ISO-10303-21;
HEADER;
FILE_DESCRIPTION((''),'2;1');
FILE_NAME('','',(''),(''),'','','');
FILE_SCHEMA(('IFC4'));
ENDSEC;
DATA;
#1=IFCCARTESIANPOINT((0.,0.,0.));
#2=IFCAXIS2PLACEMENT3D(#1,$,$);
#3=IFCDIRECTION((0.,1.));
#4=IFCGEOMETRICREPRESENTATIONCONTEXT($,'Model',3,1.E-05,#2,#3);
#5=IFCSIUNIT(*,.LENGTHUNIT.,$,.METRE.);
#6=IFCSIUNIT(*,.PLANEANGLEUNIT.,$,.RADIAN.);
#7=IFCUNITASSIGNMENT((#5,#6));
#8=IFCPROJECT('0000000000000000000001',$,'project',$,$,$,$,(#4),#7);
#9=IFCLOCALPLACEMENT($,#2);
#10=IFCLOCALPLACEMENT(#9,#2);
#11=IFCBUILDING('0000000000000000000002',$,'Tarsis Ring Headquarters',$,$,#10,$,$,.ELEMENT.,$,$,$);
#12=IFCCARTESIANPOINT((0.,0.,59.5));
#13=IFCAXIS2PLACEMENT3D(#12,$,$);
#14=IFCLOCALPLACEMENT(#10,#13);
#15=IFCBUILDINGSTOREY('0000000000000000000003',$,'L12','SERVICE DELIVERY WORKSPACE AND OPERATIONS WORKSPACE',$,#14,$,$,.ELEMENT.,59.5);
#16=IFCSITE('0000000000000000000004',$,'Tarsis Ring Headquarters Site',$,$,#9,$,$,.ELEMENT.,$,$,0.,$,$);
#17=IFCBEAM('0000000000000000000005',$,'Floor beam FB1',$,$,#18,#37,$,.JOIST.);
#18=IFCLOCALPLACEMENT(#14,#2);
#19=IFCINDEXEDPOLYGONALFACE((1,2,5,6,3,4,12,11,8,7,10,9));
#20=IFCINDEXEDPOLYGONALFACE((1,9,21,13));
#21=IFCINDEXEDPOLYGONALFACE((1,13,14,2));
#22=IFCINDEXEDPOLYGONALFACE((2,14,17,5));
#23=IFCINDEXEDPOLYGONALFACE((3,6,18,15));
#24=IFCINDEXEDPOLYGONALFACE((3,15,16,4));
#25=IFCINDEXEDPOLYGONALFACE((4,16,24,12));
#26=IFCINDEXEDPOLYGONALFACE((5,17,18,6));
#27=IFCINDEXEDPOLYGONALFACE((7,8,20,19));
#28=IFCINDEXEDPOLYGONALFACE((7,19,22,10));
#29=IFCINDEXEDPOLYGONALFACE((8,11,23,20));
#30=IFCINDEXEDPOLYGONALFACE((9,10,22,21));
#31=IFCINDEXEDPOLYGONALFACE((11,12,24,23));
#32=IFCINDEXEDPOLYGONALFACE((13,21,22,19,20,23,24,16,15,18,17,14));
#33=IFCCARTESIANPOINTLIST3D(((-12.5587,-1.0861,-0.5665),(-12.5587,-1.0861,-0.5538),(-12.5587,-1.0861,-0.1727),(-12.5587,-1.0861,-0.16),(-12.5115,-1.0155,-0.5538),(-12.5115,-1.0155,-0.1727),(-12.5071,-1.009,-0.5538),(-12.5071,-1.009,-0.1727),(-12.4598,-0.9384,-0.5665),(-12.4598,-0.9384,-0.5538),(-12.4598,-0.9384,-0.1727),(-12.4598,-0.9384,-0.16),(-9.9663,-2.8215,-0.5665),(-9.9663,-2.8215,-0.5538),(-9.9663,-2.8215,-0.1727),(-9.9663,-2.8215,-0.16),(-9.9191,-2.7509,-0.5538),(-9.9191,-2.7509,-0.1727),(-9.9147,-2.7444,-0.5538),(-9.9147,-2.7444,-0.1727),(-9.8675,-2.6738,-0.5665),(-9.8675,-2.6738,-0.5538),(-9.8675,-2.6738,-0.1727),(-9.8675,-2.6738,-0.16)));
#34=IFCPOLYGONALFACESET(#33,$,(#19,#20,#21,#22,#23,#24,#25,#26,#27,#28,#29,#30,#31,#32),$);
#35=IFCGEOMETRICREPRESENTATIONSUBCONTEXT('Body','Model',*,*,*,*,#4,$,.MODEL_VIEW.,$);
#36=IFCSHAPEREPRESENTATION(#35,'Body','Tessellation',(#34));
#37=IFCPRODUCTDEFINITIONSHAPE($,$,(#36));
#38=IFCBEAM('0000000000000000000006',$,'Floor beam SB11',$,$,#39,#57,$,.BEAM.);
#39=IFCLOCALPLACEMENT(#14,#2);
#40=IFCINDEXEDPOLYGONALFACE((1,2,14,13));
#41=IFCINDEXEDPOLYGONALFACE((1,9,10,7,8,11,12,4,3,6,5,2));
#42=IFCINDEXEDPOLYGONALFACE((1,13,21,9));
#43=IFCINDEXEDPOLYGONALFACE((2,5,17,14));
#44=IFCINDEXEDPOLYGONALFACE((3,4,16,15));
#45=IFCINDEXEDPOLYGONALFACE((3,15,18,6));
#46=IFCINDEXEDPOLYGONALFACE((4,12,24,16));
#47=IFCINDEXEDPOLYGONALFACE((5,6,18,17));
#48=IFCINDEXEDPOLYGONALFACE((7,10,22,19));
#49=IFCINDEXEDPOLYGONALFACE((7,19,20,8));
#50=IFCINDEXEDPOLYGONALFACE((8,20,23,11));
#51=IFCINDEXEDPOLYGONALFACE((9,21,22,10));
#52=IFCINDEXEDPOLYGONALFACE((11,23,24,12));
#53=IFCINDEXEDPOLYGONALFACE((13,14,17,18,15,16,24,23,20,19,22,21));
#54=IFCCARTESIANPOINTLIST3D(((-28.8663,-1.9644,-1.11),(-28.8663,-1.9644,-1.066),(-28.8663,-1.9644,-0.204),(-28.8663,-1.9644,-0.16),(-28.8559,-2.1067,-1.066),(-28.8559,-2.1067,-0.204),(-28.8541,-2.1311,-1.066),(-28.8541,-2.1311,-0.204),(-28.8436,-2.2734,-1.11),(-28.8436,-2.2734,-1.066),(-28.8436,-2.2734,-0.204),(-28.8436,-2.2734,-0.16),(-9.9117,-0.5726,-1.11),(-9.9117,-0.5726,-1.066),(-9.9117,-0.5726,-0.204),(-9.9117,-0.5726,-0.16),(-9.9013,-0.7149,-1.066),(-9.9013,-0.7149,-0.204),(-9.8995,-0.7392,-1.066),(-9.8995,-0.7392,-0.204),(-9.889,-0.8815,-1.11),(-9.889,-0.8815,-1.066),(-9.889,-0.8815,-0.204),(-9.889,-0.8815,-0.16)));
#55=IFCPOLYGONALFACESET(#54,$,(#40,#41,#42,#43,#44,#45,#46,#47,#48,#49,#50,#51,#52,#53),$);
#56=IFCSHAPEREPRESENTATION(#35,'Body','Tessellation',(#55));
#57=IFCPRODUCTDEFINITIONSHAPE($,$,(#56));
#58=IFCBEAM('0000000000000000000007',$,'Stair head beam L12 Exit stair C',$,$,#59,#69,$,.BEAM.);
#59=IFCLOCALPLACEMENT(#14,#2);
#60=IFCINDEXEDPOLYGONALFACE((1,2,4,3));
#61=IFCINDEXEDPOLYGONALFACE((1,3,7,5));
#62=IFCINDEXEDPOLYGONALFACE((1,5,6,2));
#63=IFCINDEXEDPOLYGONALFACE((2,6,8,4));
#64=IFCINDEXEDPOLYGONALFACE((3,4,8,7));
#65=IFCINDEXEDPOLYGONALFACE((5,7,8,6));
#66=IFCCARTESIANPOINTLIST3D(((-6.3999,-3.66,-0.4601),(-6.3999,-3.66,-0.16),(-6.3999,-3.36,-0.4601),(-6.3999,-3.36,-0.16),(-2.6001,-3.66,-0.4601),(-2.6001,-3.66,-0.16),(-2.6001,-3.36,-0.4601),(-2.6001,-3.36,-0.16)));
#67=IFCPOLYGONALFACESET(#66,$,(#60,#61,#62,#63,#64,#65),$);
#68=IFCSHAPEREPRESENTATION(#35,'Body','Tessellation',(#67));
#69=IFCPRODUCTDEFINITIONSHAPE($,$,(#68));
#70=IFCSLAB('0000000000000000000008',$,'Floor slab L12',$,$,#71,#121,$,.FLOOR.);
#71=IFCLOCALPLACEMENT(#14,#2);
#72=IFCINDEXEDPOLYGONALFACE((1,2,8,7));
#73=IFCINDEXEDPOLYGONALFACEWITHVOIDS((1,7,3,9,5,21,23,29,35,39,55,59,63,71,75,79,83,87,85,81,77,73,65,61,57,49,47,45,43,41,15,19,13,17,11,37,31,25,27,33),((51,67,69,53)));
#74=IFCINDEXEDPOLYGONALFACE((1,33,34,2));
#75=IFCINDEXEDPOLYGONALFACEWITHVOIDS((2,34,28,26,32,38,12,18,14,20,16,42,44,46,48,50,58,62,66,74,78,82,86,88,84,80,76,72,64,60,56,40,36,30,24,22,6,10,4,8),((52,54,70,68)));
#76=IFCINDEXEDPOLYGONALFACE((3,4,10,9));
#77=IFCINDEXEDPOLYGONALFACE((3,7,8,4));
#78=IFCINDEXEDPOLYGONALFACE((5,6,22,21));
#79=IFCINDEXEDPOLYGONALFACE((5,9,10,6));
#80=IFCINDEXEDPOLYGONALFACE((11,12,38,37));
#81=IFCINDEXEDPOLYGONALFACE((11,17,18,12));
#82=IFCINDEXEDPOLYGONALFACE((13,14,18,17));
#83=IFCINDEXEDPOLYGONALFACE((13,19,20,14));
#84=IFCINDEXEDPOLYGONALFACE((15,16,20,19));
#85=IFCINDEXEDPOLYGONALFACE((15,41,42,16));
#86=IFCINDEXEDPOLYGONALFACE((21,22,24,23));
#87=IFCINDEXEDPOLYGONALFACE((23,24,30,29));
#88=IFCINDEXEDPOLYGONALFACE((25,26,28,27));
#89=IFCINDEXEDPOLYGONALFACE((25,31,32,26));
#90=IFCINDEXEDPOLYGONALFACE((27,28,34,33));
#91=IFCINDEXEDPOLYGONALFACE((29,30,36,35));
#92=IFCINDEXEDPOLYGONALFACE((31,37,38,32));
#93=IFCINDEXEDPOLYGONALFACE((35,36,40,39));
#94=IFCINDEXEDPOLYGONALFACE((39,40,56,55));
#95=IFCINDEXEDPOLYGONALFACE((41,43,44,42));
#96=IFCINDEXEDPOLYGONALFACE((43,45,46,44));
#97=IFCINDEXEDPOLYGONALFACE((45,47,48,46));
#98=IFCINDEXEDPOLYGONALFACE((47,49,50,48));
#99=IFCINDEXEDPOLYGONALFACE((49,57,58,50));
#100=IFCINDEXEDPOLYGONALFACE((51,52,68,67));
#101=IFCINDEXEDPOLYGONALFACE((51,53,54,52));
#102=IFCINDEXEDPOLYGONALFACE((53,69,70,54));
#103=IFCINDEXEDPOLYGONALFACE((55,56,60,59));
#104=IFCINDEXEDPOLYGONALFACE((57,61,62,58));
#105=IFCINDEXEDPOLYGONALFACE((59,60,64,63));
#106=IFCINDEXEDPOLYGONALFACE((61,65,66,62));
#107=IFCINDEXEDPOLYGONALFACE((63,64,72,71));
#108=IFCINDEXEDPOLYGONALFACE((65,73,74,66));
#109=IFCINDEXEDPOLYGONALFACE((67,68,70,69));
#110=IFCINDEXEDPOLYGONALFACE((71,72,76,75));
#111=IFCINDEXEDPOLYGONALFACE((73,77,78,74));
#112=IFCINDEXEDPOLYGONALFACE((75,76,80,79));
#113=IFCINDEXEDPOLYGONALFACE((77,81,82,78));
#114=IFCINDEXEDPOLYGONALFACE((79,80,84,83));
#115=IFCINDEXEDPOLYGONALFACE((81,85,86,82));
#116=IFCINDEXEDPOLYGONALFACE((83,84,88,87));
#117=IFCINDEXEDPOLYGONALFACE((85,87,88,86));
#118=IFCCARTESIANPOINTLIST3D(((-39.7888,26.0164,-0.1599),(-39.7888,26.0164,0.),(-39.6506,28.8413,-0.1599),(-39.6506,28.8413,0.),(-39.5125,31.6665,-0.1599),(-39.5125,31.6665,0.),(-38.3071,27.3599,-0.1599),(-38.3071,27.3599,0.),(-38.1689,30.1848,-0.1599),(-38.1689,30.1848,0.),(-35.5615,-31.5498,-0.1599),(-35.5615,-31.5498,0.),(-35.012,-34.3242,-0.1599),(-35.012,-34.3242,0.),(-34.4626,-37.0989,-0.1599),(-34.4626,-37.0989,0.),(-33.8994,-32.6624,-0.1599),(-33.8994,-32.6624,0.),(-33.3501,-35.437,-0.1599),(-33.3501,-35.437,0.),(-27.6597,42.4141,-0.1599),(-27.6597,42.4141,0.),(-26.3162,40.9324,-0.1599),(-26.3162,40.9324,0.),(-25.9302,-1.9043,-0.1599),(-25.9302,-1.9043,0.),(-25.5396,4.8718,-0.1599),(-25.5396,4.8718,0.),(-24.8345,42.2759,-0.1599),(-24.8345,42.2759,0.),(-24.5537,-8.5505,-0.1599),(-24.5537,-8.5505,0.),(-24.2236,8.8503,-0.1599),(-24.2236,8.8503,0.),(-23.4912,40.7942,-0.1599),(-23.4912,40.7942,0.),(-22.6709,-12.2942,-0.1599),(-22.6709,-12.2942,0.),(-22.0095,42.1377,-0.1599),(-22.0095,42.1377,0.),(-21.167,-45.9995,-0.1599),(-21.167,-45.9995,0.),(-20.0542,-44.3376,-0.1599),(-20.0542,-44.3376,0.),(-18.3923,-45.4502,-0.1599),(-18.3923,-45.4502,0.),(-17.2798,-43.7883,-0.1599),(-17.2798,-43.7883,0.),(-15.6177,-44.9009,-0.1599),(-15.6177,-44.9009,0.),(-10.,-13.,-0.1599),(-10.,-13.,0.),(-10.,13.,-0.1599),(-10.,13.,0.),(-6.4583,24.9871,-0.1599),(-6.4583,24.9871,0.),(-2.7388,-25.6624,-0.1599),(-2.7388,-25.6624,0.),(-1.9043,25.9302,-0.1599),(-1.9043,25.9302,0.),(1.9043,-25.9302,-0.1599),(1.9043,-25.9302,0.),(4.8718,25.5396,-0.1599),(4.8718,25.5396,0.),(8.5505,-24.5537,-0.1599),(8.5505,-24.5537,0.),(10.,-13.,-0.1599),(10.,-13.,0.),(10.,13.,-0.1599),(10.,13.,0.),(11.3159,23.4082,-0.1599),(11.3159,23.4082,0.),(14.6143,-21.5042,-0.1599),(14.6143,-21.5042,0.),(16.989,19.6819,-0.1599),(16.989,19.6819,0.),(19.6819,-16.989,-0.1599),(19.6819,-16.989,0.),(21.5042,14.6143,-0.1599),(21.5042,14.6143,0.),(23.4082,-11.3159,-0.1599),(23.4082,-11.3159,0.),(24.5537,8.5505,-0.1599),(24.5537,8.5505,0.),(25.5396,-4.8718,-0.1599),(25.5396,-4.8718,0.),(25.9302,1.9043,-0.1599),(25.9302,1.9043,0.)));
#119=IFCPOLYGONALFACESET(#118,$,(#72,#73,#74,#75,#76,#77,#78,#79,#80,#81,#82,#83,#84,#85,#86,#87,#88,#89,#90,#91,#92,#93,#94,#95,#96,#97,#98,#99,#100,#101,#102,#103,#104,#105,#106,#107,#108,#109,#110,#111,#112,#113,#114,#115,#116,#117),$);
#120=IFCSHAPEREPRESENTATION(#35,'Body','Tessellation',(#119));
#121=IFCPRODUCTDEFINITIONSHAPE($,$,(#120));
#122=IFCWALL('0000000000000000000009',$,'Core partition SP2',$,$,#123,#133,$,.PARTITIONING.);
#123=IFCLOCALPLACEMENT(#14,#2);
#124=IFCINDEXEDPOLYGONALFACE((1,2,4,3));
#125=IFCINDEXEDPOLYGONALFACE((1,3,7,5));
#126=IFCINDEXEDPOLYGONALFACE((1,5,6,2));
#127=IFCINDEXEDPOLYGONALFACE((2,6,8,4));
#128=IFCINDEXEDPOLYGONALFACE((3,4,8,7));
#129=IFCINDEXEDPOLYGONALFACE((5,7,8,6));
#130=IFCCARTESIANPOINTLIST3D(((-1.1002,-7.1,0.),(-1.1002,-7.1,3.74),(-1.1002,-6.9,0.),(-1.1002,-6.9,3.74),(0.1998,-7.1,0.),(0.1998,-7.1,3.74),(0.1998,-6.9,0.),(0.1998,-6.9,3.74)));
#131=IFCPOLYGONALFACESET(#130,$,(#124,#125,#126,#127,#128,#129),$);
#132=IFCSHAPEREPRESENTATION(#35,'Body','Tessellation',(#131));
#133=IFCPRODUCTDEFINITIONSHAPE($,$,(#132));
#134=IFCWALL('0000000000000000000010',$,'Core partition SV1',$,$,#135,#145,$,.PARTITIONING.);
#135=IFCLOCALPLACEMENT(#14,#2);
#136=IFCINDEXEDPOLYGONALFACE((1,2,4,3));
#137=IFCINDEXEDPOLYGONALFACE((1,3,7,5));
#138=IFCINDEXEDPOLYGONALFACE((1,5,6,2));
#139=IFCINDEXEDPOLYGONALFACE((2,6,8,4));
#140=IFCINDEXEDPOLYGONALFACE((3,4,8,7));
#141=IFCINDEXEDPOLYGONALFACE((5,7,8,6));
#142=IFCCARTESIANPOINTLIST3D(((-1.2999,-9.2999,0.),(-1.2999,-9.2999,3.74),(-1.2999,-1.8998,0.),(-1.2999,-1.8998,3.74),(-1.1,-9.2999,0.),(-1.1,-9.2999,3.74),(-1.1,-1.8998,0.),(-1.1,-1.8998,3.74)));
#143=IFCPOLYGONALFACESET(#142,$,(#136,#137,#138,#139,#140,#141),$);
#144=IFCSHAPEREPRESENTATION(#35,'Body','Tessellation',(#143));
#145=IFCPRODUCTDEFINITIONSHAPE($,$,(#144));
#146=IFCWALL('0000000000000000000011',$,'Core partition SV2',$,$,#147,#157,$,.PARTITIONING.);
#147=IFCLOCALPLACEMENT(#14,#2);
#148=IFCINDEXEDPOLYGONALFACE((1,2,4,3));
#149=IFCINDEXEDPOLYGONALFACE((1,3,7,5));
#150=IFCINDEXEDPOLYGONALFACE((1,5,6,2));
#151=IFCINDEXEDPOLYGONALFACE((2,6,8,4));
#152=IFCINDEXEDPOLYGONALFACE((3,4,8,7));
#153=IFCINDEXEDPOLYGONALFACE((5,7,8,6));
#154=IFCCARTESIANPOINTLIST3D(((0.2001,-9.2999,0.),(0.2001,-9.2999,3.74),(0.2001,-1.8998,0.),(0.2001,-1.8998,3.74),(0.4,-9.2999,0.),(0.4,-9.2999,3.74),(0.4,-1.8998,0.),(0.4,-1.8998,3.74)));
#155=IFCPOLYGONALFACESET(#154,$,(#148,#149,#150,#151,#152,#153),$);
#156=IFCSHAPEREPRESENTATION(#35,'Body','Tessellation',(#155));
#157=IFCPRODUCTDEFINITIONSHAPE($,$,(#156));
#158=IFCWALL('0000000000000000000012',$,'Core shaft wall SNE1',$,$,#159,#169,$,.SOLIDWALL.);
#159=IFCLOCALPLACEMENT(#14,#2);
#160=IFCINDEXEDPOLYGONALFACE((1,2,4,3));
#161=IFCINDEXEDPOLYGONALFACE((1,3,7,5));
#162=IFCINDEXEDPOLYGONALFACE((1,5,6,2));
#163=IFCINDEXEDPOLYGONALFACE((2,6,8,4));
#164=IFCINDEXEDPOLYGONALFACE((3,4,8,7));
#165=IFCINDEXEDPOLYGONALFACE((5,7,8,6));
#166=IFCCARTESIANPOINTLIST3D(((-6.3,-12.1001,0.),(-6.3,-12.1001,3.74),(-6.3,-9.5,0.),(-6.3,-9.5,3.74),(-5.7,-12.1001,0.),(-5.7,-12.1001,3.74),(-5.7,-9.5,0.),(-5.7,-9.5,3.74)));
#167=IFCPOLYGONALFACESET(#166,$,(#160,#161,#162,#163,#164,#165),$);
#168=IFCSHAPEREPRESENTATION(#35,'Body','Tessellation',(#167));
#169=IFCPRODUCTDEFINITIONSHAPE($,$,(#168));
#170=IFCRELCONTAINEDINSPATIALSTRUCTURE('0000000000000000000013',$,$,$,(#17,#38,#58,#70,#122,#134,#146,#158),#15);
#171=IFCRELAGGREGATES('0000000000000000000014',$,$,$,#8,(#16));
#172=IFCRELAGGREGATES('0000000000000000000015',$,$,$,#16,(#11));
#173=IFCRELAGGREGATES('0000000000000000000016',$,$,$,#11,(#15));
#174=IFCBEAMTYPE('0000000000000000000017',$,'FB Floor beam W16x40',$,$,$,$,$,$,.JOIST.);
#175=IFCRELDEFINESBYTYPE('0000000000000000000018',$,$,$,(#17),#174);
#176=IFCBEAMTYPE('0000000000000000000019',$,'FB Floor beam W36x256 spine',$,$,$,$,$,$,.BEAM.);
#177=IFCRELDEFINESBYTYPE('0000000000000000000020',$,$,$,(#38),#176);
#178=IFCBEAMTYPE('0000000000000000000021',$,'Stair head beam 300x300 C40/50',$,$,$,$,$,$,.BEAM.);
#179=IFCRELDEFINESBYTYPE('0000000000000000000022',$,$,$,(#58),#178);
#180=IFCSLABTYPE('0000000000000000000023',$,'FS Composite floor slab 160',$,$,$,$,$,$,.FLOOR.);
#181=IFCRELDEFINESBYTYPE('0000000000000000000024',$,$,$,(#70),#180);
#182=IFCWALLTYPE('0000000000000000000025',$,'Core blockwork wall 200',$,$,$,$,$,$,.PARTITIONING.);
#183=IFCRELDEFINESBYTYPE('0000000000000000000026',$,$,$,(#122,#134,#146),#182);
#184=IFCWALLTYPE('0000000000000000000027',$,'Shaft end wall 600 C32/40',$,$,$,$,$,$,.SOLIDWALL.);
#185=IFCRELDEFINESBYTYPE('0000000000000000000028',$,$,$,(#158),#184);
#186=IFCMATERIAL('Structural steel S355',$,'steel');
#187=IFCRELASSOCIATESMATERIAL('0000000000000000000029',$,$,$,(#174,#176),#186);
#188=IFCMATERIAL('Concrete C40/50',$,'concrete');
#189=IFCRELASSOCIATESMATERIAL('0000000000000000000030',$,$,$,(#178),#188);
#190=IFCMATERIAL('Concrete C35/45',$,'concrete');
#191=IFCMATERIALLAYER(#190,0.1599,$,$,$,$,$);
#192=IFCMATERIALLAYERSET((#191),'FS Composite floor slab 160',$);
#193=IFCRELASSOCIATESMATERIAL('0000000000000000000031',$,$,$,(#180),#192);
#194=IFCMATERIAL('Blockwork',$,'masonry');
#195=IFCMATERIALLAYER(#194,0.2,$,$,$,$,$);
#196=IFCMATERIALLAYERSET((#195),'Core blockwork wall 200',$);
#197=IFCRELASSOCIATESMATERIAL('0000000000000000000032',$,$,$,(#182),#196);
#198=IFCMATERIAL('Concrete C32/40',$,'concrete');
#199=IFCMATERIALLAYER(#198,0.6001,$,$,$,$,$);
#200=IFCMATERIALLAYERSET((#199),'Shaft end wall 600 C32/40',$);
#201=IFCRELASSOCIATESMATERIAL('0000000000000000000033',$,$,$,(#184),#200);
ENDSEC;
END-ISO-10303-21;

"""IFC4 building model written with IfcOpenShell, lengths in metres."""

from ifc_helpers import new_model, si_unit, direction, frame, frame_2d, origin, origin_2d, place, context, subcontext, project, spatial, polyline, rectangle, i_section, outline, extrude, material, layer, layer_set, material_profile, profile_set, type_object, element, save


model = new_model("IFC4")

# Units and contexts
model_context = context("Model", 3, precision=1e-05, world=origin(), true_north=direction((0.0, 1.0)))
body_context = subcontext(model_context, "Body", "Model", "MODEL_VIEW")
ifc_project = project(units=[si_unit("LENGTHUNIT", "METRE"), si_unit("PLANEANGLEUNIT", "RADIAN")], contexts=[model_context])

# Site, building, storey
site_placement = place(None, origin())
site = spatial("IfcSite", under=ifc_project, at=site_placement, Name="Tarsis Ring Headquarters Site", CompositionType="ELEMENT", RefElevation=0.0)
building_placement = place(site_placement, origin())
building = spatial("IfcBuilding", under=site, at=building_placement, Name="Tarsis Ring Headquarters", CompositionType="ELEMENT")
storey_placement = place(building_placement, frame((0.0, 0.0, 59.5)))
storey = spatial("IfcBuildingStorey", under=building, at=storey_placement, Name="L12", Description="SERVICE DELIVERY WORKSPACE AND OPERATIONS WORKSPACE", CompositionType="ELEMENT", Elevation=59.5)

# Beams
ifc_material_1 = material(Name="Structural steel S355", Category="steel")
ifc_material_profile_1 = material_profile(ifc_material_1, i_section(OverallWidth=0.1777, OverallDepth=0.4065, WebThickness=0.0078, FlangeThickness=0.0127, at=origin_2d()), Name="W16x40")
ifc_profile_set_1 = profile_set([ifc_material_profile_1], Name="Structural steel S355")
beam_type_1 = type_object("IfcBeamType", Name="FB Floor beam W16x40", PredefinedType="JOIST", material=ifc_profile_set_1)
beam_1_placement = place(storey_placement, frame((-12.5093, -1.0122, -0.3633), z_axis=(0.830989, -0.556289, 0.0), x_axis=(0.556289, 0.830989, 0.0)))
element("IfcBeam", 1, at=beam_1_placement, inside=storey, type_object=beam_type_1, Name="Floor beam FB1", PredefinedType="JOIST", context=body_context, shape_type="SweptSolid", body=[
    extrude(i_section(OverallWidth=0.1777, OverallDepth=0.4065, WebThickness=0.0078, FlangeThickness=0.0127, at=origin_2d()), origin(), (0.0, 0.0, 1.0), 3.1196),
])
ifc_material_profile_2 = material_profile(ifc_material_1, i_section(OverallWidth=0.3098, OverallDepth=0.95, WebThickness=0.0244, FlangeThickness=0.0439, at=origin_2d()), Name="W36x256")
ifc_profile_set_2 = profile_set([ifc_material_profile_2], Name="Structural steel S355")
beam_type_2 = type_object("IfcBeamType", Name="FB Floor beam W36x256 spine", PredefinedType="BEAM", material=ifc_profile_set_2)
beam_2_placement = place(storey_placement, frame((-9.9004, -0.7271, -0.635), z_axis=(-0.997315, -0.073233, 0.0), x_axis=(0.073233, -0.997315, 0.0)))
element("IfcBeam", 2, at=beam_2_placement, inside=storey, type_object=beam_type_2, Name="Floor beam SB11", PredefinedType="BEAM", context=body_context, shape_type="SweptSolid", body=[
    extrude(i_section(OverallWidth=0.3098, OverallDepth=0.95, WebThickness=0.0244, FlangeThickness=0.0439, at=origin_2d()), origin(), (0.0, 0.0, 1.0), 19.0056),
])
ifc_material_2 = material(Name="Concrete C40/50", Category="concrete")
ifc_material_profile_3 = material_profile(ifc_material_2, rectangle(XDim=0.3, YDim=0.3, at=origin_2d()), Name="Stair head beam 300x300 C40/50")
ifc_profile_set_3 = profile_set([ifc_material_profile_3], Name="Concrete C40/50")
beam_type_3 = type_object("IfcBeamType", Name="Stair head beam 300x300 C40/50", PredefinedType="BEAM", material=ifc_profile_set_3)
beam_3_placement = place(storey_placement, frame((-6.3999, -3.51, -0.3101), z_axis=(1.0, 0.0, 0.0), x_axis=(0.0, 1.0, 0.0)))
element("IfcBeam", 3, at=beam_3_placement, inside=storey, type_object=beam_type_3, Name="Stair head beam L12 Exit stair C", PredefinedType="BEAM", context=body_context, shape_type="SweptSolid", body=[
    extrude(rectangle(XDim=0.3, YDim=0.3, at=origin_2d()), origin(), (0.0, 0.0, 1.0), 3.7998),
])

# Slab
ifc_material_3 = material(Name="Concrete C35/45", Category="concrete")
ifc_layer_1 = layer(ifc_material_3, 0.1599)
ifc_layer_set_1 = layer_set([ifc_layer_1], Name="FS Composite floor slab 160")
slab_type = type_object("IfcSlabType", Name="FS Composite floor slab 160", PredefinedType="FLOOR", material=ifc_layer_set_1)
slab_placement = place(storey_placement, frame((0.0, 0.0, -0.1599)))
element("IfcSlab", 4, at=slab_placement, inside=storey, type_object=slab_type, Name="Floor slab L12", PredefinedType="FLOOR", context=body_context, shape_type="SweptSolid", body=[
    extrude(outline(polyline([(-24.2236, 8.8503), (-25.5396, 4.8718), (-25.9302, -1.9043), (-24.5537, -8.5505), (-22.6709, -12.2942), (-35.5615, -31.5498), (-33.8994, -32.6624), (-35.012, -34.3242), (-33.3501, -35.437), (-34.4626, -37.0989), (-21.167, -45.9995), (-20.0542, -44.3376), (-18.3923, -45.4502), (-17.2798, -43.7883), (-15.6177, -44.9009), (-2.7388, -25.6624), (1.9043, -25.9302), (8.5505, -24.5537), (14.6143, -21.5042), (19.6819, -16.989), (23.4082, -11.3159), (25.5396, -4.8718), (25.9302, 1.9043), (24.5537, 8.5505), (21.5042, 14.6143), (16.989, 19.6819), (11.3159, 23.4082), (4.8718, 25.5396), (-1.9043, 25.9302), (-6.4583, 24.9871), (-22.0095, 42.1377), (-23.4912, 40.7942), (-24.8345, 42.2759), (-26.3162, 40.9324), (-27.6597, 42.4141), (-39.5125, 31.6665), (-38.1689, 30.1848), (-39.6506, 28.8413), (-38.3071, 27.3599), (-39.7888, 26.0164), (-24.2236, 8.8503)]), holes=[polyline([(-10.0, -13.0), (-10.0, 13.0), (10.0, 13.0), (10.0, -13.0), (-10.0, -13.0)])]), origin(), (0.0, 0.0, 1.0), 0.1599),
])

# Walls
ifc_material_4 = material(Name="Blockwork", Category="masonry")
ifc_layer_2 = layer(ifc_material_4, 0.2)
ifc_layer_set_2 = layer_set([ifc_layer_2], Name="Core blockwork wall 200")
wall_type_1 = type_object("IfcWallType", Name="Core blockwork wall 200", PredefinedType="PARTITIONING", material=ifc_layer_set_2)
wall_1_placement = place(storey_placement, frame((-1.1001, -7.0, 0.0), z_axis=(0.0, 0.0, 1.0), x_axis=(1.0, 0.0, 0.0)))
element("IfcWall", 5, at=wall_1_placement, inside=storey, type_object=wall_type_1, Name="Core partition SP2", PredefinedType="PARTITIONING", context=body_context, shape_type="SweptSolid", body=[
    extrude(rectangle(XDim=1.3, YDim=0.2, at=frame_2d((0.6499, 0.0))), origin(), (0.0, 0.0, 1.0), 3.74),
])
for number, where, z_axis, x_axis, name in (
    (6, (-1.2, -9.3, 0.0), (0.0, 0.0, 1.0), (0.0, 1.0, 0.0), "Core partition SV1"),
    (7, (0.3, -9.3, 0.0), (0.0, 0.0, 1.0), (0.0, 1.0, 0.0), "Core partition SV2"),
):
    element("IfcWall", number, at=place(storey_placement, frame(where, z_axis=z_axis, x_axis=x_axis)), inside=storey, type_object=wall_type_1, Name=name, PredefinedType="PARTITIONING", context=body_context, shape_type="SweptSolid", body=[
        extrude(rectangle(XDim=7.4001, YDim=0.2, at=frame_2d((3.7002, 0.0))), origin(), (0.0, 0.0, 1.0), 3.74),
    ])
ifc_material_5 = material(Name="Concrete C32/40", Category="concrete")
ifc_layer_3 = layer(ifc_material_5, 0.6001)
ifc_layer_set_3 = layer_set([ifc_layer_3], Name="Shaft end wall 600 C32/40")
wall_type_2 = type_object("IfcWallType", Name="Shaft end wall 600 C32/40", PredefinedType="SOLIDWALL", material=ifc_layer_set_3)
wall_2_placement = place(storey_placement, frame((-6.0, -12.1001, 0.0), z_axis=(0.0, 0.0, 1.0), x_axis=(0.0, 1.0, 0.0)))
element("IfcWall", 8, at=wall_2_placement, inside=storey, type_object=wall_type_2, Name="Core shaft wall SNE1", PredefinedType="SOLIDWALL", context=body_context, shape_type="SweptSolid", body=[
    extrude(rectangle(XDim=2.6001, YDim=0.6001, at=frame_2d((1.3, 0.0))), origin(), (0.0, 0.0, 1.0), 3.74),
])

save(model, "model.ifc")
